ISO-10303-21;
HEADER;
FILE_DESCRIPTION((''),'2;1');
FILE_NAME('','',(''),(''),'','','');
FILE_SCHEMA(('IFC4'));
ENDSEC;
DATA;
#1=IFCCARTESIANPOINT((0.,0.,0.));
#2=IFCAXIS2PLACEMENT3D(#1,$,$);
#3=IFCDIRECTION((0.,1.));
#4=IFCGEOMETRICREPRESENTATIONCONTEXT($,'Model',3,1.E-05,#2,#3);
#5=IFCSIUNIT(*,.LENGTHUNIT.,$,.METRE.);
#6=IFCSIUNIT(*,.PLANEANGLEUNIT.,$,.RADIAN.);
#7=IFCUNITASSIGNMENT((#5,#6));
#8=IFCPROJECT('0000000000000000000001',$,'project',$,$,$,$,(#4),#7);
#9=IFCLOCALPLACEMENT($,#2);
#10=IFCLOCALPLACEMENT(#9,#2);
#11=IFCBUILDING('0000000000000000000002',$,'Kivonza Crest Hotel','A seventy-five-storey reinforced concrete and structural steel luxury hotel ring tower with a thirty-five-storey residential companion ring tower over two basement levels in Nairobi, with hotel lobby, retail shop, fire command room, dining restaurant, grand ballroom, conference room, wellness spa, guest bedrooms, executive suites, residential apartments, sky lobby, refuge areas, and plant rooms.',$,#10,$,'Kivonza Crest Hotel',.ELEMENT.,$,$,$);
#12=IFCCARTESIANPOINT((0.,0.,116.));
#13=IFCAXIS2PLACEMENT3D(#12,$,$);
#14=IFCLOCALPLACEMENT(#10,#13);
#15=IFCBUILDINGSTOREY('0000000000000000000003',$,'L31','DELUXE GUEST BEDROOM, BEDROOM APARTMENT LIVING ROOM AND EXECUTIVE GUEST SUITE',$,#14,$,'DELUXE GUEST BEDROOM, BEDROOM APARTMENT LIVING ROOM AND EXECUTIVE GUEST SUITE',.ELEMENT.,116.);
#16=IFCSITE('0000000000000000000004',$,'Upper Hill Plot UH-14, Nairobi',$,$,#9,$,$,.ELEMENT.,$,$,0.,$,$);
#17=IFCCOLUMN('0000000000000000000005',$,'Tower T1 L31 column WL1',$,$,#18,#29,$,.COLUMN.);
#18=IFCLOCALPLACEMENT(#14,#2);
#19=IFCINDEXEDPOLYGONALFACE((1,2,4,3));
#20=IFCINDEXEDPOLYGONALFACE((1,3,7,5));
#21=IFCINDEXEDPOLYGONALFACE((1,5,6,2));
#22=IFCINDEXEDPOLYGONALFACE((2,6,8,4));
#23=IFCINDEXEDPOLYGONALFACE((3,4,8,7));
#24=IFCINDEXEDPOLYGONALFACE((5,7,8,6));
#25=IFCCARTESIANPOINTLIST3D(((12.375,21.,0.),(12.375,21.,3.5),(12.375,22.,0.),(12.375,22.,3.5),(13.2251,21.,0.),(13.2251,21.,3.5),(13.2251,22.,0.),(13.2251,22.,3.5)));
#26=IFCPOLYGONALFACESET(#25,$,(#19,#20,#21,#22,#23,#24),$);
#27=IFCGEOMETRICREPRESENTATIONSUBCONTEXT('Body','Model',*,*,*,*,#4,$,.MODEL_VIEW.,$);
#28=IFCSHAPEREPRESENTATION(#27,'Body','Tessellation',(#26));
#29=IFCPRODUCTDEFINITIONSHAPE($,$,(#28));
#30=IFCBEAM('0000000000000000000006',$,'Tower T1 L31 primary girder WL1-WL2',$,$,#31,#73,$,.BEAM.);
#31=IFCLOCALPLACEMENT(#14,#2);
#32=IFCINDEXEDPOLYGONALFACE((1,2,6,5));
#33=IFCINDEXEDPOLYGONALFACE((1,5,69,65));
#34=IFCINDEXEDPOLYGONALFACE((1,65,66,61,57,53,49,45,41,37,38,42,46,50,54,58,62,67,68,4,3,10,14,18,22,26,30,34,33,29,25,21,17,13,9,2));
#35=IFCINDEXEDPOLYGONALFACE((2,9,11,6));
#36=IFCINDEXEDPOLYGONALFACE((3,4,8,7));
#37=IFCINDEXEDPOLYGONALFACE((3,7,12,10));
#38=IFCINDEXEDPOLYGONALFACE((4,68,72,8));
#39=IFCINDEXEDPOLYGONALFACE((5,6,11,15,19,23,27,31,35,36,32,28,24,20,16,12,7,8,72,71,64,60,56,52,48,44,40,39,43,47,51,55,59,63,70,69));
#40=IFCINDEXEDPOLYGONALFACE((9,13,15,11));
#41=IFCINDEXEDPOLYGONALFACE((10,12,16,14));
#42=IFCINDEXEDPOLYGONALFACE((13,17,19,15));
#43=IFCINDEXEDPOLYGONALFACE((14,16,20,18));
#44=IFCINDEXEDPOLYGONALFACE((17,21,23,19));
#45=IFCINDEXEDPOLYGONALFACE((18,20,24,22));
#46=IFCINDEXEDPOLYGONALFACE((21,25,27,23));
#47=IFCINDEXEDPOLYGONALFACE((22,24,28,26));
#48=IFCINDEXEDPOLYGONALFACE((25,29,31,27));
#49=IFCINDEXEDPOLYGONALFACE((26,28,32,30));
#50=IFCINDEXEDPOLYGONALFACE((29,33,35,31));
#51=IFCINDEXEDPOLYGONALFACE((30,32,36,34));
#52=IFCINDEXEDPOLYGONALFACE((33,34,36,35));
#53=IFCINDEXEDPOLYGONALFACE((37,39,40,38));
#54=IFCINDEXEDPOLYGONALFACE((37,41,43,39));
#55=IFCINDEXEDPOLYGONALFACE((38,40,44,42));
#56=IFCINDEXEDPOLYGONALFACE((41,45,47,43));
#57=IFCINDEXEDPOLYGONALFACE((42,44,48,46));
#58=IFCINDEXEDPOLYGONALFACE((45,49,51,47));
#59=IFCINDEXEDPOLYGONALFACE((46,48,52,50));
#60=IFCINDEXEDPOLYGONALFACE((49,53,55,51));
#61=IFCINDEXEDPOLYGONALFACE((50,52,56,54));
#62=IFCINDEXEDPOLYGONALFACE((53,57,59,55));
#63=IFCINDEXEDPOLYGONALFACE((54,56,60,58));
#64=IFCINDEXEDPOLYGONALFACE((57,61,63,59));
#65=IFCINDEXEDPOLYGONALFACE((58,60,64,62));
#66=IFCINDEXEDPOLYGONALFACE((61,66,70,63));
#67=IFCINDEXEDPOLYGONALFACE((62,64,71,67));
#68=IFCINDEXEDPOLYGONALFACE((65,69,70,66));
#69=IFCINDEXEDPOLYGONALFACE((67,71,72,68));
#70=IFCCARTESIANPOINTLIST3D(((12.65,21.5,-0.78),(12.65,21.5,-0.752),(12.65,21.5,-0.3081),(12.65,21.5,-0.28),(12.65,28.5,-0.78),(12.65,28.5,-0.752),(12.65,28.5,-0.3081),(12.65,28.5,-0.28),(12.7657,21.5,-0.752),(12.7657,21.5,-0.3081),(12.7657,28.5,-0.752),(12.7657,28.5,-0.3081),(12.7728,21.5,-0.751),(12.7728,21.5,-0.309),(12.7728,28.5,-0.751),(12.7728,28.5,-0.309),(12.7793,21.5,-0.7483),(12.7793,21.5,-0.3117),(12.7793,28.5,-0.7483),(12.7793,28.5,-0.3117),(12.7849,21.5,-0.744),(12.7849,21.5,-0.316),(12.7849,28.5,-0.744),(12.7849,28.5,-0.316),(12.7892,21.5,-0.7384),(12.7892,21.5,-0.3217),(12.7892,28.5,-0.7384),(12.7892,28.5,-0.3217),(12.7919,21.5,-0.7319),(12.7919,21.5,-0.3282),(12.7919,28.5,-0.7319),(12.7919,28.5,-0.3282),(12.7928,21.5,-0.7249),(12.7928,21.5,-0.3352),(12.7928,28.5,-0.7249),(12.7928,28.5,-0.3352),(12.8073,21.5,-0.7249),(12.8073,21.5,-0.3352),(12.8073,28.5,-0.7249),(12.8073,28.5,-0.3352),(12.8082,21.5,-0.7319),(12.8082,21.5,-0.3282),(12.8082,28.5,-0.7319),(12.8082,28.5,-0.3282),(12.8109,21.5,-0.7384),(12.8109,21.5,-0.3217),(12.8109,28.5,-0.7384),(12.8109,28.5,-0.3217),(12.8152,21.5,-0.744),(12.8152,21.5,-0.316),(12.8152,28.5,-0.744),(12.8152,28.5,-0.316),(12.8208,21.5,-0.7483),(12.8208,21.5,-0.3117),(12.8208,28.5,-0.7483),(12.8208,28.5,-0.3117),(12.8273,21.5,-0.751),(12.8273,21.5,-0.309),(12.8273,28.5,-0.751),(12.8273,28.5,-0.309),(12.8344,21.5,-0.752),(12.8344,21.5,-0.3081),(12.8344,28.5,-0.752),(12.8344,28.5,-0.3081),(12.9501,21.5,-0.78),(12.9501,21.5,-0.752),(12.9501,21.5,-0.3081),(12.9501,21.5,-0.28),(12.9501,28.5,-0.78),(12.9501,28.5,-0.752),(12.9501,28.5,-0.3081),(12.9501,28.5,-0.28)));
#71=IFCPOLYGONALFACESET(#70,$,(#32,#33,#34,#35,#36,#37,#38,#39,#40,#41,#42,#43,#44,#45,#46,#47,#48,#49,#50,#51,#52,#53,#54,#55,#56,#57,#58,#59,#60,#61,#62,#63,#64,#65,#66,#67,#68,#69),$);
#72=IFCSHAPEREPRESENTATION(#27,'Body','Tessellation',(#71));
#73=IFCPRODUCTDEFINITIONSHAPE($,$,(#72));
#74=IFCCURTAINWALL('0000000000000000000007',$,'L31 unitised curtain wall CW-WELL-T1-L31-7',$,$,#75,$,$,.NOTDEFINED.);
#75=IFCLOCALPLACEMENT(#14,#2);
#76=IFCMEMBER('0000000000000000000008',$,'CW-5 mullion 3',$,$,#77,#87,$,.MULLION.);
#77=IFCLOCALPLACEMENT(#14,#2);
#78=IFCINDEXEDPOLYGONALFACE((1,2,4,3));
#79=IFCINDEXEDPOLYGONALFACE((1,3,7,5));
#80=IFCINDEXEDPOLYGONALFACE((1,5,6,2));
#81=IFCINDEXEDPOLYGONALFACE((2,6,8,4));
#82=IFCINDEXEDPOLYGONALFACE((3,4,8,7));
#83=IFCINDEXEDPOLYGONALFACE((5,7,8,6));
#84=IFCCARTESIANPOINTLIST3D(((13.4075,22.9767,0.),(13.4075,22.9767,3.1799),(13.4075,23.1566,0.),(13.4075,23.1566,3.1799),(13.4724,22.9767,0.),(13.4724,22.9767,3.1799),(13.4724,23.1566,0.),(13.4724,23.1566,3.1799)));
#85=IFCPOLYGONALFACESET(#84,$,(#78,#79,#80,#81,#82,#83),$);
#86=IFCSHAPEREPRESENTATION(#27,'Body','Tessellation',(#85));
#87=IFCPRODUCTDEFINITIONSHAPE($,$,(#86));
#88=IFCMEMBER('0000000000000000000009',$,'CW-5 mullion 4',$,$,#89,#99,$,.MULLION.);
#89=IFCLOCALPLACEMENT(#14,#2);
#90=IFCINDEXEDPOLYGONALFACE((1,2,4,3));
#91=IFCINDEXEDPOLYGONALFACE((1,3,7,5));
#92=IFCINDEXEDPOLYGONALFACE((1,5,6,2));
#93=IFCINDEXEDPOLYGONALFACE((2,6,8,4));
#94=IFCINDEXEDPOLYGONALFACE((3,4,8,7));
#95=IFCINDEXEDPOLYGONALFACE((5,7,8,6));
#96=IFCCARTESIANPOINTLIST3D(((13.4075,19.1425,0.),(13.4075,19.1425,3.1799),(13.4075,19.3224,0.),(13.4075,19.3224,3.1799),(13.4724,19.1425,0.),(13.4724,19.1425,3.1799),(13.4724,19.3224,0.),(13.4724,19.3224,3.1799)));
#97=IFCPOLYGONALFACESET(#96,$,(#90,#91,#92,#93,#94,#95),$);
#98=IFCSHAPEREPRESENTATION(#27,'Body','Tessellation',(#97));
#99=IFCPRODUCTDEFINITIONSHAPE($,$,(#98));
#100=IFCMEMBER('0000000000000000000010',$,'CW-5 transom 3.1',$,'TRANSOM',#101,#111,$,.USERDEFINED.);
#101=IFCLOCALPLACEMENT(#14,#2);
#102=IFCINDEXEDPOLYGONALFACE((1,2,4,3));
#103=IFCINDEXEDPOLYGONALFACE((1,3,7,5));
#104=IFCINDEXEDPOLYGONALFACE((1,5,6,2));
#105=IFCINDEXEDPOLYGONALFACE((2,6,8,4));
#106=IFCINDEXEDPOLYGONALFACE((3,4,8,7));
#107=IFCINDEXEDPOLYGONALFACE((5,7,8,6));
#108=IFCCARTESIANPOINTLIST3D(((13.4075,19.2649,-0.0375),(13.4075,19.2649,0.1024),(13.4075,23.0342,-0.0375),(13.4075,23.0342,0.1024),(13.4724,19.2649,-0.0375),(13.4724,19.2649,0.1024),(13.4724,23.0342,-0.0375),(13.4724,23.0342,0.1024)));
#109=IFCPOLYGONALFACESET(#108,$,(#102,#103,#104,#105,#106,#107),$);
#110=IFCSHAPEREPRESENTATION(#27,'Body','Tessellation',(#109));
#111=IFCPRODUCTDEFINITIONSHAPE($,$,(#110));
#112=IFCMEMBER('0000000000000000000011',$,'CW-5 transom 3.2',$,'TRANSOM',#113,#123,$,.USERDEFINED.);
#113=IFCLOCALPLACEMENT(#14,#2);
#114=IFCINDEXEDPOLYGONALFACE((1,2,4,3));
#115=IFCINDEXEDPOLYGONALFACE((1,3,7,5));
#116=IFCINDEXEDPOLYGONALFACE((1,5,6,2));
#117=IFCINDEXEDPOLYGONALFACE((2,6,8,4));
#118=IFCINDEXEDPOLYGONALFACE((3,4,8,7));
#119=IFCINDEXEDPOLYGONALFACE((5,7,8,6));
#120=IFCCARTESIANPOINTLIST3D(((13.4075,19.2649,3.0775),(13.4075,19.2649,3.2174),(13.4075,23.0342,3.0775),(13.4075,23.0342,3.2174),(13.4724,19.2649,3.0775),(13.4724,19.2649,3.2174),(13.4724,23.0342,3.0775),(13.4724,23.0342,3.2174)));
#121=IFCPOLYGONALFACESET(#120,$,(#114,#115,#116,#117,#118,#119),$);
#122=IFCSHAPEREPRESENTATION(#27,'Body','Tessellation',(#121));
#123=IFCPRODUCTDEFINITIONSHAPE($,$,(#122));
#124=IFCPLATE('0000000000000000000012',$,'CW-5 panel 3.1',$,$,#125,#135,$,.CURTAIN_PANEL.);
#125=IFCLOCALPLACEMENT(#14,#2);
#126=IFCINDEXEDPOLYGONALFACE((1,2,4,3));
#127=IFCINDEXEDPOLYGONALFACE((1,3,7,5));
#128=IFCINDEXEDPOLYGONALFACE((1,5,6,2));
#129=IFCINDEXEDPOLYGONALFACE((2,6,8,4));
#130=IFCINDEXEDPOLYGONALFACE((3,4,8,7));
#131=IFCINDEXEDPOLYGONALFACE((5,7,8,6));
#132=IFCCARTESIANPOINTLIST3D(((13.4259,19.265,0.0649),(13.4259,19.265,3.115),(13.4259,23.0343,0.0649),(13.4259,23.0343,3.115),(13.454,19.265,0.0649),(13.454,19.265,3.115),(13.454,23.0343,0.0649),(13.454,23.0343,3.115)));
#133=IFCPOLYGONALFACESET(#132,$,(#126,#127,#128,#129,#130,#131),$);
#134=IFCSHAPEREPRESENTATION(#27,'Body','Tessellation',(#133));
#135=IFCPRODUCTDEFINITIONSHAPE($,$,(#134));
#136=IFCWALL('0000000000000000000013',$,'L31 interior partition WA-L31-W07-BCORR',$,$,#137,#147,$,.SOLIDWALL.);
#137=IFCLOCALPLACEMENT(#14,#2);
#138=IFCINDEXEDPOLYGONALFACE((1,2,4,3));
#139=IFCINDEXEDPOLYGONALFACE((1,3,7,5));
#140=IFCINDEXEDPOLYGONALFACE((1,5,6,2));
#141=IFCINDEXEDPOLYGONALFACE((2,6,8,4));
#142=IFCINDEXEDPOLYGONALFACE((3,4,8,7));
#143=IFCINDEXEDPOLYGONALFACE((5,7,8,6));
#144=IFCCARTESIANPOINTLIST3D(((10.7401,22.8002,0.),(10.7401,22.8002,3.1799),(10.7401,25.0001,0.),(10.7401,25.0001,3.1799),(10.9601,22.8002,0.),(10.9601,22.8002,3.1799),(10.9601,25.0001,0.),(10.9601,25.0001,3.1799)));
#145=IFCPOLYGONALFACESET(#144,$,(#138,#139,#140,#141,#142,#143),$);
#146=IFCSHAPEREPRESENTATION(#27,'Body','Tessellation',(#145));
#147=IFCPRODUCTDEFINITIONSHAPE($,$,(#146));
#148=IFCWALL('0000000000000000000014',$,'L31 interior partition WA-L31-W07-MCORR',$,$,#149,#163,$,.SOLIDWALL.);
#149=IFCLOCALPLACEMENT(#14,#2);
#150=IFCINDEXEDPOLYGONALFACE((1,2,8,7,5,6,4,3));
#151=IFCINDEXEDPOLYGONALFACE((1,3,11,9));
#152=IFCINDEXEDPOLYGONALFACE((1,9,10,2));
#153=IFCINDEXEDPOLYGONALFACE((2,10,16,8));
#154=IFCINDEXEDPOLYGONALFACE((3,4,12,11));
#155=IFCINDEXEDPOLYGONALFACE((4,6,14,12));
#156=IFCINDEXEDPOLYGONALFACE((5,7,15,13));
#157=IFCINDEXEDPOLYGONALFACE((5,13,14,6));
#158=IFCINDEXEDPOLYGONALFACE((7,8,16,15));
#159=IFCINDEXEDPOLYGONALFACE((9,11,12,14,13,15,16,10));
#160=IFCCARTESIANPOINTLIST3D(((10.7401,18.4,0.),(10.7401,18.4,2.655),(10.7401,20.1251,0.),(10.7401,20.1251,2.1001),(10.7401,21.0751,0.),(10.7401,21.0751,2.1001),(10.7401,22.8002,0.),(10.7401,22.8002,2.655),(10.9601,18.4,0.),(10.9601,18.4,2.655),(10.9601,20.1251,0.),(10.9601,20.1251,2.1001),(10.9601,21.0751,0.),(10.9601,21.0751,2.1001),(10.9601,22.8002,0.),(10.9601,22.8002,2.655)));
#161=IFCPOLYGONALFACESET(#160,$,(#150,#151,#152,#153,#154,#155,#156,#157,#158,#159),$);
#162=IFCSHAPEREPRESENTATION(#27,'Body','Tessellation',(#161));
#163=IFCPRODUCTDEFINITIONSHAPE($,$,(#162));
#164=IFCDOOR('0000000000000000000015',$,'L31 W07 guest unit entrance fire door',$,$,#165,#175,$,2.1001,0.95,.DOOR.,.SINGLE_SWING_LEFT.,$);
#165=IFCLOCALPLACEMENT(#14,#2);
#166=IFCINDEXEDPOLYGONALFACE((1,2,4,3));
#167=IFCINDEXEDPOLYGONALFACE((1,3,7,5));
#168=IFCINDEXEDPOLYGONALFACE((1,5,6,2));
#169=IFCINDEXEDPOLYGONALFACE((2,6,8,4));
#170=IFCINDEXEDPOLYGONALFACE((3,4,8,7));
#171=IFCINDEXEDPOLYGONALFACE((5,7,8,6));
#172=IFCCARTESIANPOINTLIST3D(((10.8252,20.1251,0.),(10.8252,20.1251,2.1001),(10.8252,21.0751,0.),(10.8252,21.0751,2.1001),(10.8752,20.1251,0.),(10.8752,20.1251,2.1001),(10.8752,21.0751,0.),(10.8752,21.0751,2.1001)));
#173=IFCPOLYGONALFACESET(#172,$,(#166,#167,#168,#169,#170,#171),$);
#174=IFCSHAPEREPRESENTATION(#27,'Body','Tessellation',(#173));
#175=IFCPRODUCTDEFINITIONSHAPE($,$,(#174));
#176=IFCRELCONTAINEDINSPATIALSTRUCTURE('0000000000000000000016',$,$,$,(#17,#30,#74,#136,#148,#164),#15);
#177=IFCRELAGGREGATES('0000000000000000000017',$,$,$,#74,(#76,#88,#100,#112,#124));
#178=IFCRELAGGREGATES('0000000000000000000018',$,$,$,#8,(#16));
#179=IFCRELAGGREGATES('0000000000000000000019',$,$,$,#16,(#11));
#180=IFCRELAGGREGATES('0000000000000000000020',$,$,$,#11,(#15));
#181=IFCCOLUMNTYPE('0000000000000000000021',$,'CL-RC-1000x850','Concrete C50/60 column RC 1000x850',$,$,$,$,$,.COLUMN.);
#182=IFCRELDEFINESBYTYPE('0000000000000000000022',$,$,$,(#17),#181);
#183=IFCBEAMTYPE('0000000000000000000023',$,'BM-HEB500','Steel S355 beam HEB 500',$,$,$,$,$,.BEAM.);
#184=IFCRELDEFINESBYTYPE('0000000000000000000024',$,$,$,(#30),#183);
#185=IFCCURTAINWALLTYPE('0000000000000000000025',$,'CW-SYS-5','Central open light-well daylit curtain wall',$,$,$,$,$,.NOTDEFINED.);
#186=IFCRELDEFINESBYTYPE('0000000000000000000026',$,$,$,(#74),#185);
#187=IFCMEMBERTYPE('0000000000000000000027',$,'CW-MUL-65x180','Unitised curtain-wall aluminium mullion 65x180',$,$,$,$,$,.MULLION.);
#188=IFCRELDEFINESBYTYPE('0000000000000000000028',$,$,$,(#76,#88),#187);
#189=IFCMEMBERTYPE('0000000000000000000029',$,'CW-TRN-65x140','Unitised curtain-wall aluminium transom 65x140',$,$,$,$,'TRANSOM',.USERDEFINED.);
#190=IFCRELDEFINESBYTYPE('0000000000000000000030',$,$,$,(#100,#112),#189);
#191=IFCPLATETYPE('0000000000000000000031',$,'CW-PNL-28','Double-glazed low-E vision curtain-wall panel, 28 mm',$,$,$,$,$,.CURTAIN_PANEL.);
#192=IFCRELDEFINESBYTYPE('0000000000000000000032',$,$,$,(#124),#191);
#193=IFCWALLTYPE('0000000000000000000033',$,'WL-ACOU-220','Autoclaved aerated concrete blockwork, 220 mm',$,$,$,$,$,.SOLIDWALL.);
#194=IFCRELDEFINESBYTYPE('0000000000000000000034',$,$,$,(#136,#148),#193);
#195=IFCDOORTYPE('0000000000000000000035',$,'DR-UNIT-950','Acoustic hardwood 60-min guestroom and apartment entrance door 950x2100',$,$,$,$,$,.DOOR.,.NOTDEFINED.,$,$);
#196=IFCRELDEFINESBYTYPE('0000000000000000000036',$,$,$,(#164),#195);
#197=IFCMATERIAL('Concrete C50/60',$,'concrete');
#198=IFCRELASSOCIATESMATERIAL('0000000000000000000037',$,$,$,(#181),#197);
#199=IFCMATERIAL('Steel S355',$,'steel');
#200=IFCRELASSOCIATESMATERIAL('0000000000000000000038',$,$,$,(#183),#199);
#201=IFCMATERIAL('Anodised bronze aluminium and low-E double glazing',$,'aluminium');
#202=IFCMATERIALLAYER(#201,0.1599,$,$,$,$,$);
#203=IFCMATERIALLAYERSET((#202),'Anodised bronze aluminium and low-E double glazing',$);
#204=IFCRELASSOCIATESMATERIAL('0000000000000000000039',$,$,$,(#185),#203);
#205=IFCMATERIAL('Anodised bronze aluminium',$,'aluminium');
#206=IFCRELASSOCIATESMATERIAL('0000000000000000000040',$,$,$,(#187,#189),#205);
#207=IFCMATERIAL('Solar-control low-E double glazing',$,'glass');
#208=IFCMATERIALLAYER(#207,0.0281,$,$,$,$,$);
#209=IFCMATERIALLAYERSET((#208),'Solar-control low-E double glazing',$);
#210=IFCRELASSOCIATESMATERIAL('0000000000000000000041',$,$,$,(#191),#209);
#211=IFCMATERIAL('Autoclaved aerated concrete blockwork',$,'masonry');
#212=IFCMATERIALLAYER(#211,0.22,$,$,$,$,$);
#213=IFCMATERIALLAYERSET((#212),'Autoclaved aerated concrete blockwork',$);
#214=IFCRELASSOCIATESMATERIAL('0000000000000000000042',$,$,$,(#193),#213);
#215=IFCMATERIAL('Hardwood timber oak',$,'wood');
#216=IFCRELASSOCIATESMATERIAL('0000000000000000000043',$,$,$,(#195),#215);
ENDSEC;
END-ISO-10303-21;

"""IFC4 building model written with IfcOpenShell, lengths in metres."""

from ifc_helpers import new_model, si_unit, direction, frame, frame_2d, origin, origin_2d, place, context, subcontext, project, spatial, rectangle, i_section, extrude, material, layer, layer_set, material_profile, profile_set, type_object, element, fill, aggregate, save


model = new_model("IFC4")

# Units and contexts
model_context = context("Model", 3, precision=1e-05, world=origin(), true_north=direction((0.0, 1.0)))
body_context = subcontext(model_context, "Body", "Model", "MODEL_VIEW")
ifc_project = project(units=[si_unit("LENGTHUNIT", "METRE"), si_unit("PLANEANGLEUNIT", "RADIAN")], contexts=[model_context])

# Site, building, storey
site_placement = place(None, origin())
site = spatial("IfcSite", under=ifc_project, at=site_placement, Name="Upper Hill Plot UH-14, Nairobi", CompositionType="ELEMENT", RefElevation=0.0)
building_placement = place(site_placement, origin())
building = spatial("IfcBuilding", under=site, at=building_placement, Name="Kivonza Crest Hotel", Description="A seventy-five-storey reinforced concrete and structural steel luxury hotel ring tower with a thirty-five-storey residential companion ring tower over two basement levels in Nairobi, with hotel lobby, retail shop, fire command room, dining restaurant, grand ballroom, conference room, wellness spa, guest bedrooms, executive suites, residential apartments, sky lobby, refuge areas, and plant rooms.", LongName="Kivonza Crest Hotel", CompositionType="ELEMENT")
storey_placement = place(building_placement, frame((0.0, 0.0, 116.0)))
storey = spatial("IfcBuildingStorey", under=building, at=storey_placement, Name="L31", Description="DELUXE GUEST BEDROOM, BEDROOM APARTMENT LIVING ROOM AND EXECUTIVE GUEST SUITE", LongName="DELUXE GUEST BEDROOM, BEDROOM APARTMENT LIVING ROOM AND EXECUTIVE GUEST SUITE", CompositionType="ELEMENT", Elevation=116.0)

# Column
ifc_material_1 = material(Name="Concrete C50/60", Category="concrete")
ifc_material_profile_1 = material_profile(ifc_material_1, rectangle(XDim=0.8501, YDim=1.0, at=origin_2d()), Name="RC 1000x850")
ifc_profile_set_1 = profile_set([ifc_material_profile_1], Name="Concrete C50/60")
column_type = type_object("IfcColumnType", Name="CL-RC-1000x850", Description="Concrete C50/60 column RC 1000x850", PredefinedType="COLUMN", material=ifc_profile_set_1)
column_placement = place(storey_placement, frame((12.8, 21.5, 0.0), z_axis=(0.0, 0.0, 1.0), x_axis=(1.0, 0.0, 0.0)))
element("IfcColumn", 1, at=column_placement, inside=storey, type_object=column_type, Name="Tower T1 L31 column WL1", PredefinedType="COLUMN", context=body_context, shape_type="SweptSolid", body=[
    extrude(rectangle(XDim=0.8501, YDim=1.0, at=origin_2d()), origin(), (0.0, 0.0, 1.0), 3.5),
])

# Beam
ifc_material_2 = material(Name="Steel S355", Category="steel")
ifc_material_profile_2 = material_profile(ifc_material_2, i_section(OverallWidth=0.3, OverallDepth=0.5, WebThickness=0.0144, FlangeThickness=0.0281, FilletRadius=0.0271, at=origin_2d()), Name="HEB 500")
ifc_profile_set_2 = profile_set([ifc_material_profile_2], Name="Steel S355")
beam_type = type_object("IfcBeamType", Name="BM-HEB500", Description="Steel S355 beam HEB 500", PredefinedType="BEAM", material=ifc_profile_set_2)
beam_placement = place(storey_placement, frame((12.8, 21.5, -0.53), z_axis=(0.0, 1.0, 0.0), x_axis=(-1.0, 0.0, 0.0)))
element("IfcBeam", 2, at=beam_placement, inside=storey, type_object=beam_type, Name="Tower T1 L31 primary girder WL1-WL2", PredefinedType="BEAM", context=body_context, shape_type="SweptSolid", body=[
    extrude(i_section(OverallWidth=0.3, OverallDepth=0.5, WebThickness=0.0144, FlangeThickness=0.0281, FilletRadius=0.0271, at=origin_2d()), origin(), (0.0, 0.0, 1.0), 7.0),
])

# Curtain wall, members, plate
ifc_material_3 = material(Name="Anodised bronze aluminium and low-E double glazing", Category="aluminium")
ifc_layer_1 = layer(ifc_material_3, 0.1599)
ifc_layer_set_1 = layer_set([ifc_layer_1], Name="Anodised bronze aluminium and low-E double glazing")
curtain_wall_type = type_object("IfcCurtainWallType", Name="CW-SYS-5", Description="Central open light-well daylit curtain wall", PredefinedType="NOTDEFINED", material=ifc_layer_set_1)
curtain_wall_placement = place(storey_placement, origin())
curtain_wall = element("IfcCurtainWall", 3, at=curtain_wall_placement, inside=storey, type_object=curtain_wall_type, Name="L31 unitised curtain wall CW-WELL-T1-L31-7", PredefinedType="NOTDEFINED")
ifc_material_4 = material(Name="Anodised bronze aluminium", Category="aluminium")
ifc_material_profile_3 = material_profile(ifc_material_4, rectangle(XDim=0.0649, YDim=0.1799, at=origin_2d()), Name="CW-M 65x180")
ifc_profile_set_3 = profile_set([ifc_material_profile_3], Name="Anodised bronze aluminium")
member_type_1 = type_object("IfcMemberType", Name="CW-MUL-65x180", Description="Unitised curtain-wall aluminium mullion 65x180", PredefinedType="MULLION", material=ifc_profile_set_3)
member_1_placement = place(storey_placement, frame((13.4399, 23.0667, 0.0), z_axis=(0.0, 0.0, 1.0), x_axis=(1.0, 0.0, 0.0)))
member_1 = element("IfcMember", 4, at=member_1_placement, type_object=member_type_1, Name="CW-5 mullion 3", PredefinedType="MULLION", context=body_context, shape_type="SweptSolid", body=[
    extrude(rectangle(XDim=0.0649, YDim=0.1799, at=origin_2d()), origin(), (0.0, 0.0, 1.0), 3.1799),
])
member_2_placement = place(storey_placement, frame((13.4399, 19.2324, 0.0), z_axis=(0.0, 0.0, 1.0), x_axis=(1.0, 0.0, 0.0)))
member_2 = element("IfcMember", 5, at=member_2_placement, type_object=member_type_1, Name="CW-5 mullion 4", PredefinedType="MULLION", context=body_context, shape_type="SweptSolid", body=[
    extrude(rectangle(XDim=0.0649, YDim=0.1799, at=origin_2d()), origin(), (0.0, 0.0, 1.0), 3.1799),
])
ifc_material_profile_4 = material_profile(ifc_material_4, rectangle(XDim=0.0649, YDim=0.1399, at=origin_2d()), Name="CW-T 65x140")
ifc_profile_set_4 = profile_set([ifc_material_profile_4], Name="Anodised bronze aluminium")
member_type_2 = type_object("IfcMemberType", Name="CW-TRN-65x140", Description="Unitised curtain-wall aluminium transom 65x140", ElementType="TRANSOM", PredefinedType="USERDEFINED", material=ifc_profile_set_4)
member_3_placement = place(storey_placement, frame((13.4399, 23.0342, 0.0325), z_axis=(0.0, -1.0, 0.0), x_axis=(1.0, 0.0, 0.0)))
member_3 = element("IfcMember", 6, at=member_3_placement, type_object=member_type_2, Name="CW-5 transom 3.1", ObjectType="TRANSOM", PredefinedType="USERDEFINED", context=body_context, shape_type="SweptSolid", body=[
    extrude(rectangle(XDim=0.0649, YDim=0.1399, at=origin_2d()), origin(), (0.0, 0.0, 1.0), 3.7693),
])
member_4_placement = place(storey_placement, frame((13.4399, 23.0342, 3.1475), z_axis=(0.0, -1.0, 0.0), x_axis=(1.0, 0.0, 0.0)))
member_4 = element("IfcMember", 7, at=member_4_placement, type_object=member_type_2, Name="CW-5 transom 3.2", ObjectType="TRANSOM", PredefinedType="USERDEFINED", context=body_context, shape_type="SweptSolid", body=[
    extrude(rectangle(XDim=0.0649, YDim=0.1399, at=origin_2d()), origin(), (0.0, 0.0, 1.0), 3.7693),
])
ifc_material_5 = material(Name="Solar-control low-E double glazing", Category="glass")
ifc_layer_2 = layer(ifc_material_5, 0.0281)
ifc_layer_set_2 = layer_set([ifc_layer_2], Name="Solar-control low-E double glazing")
plate_type = type_object("IfcPlateType", Name="CW-PNL-28", Description="Double-glazed low-E vision curtain-wall panel, 28 mm", PredefinedType="CURTAIN_PANEL", material=ifc_layer_set_2)
plate_placement = place(storey_placement, frame((13.4399, 21.1497, 0.0649), z_axis=(0.0, 0.0, 1.0), x_axis=(0.0, -1.0, 0.0)))
plate = element("IfcPlate", 8, at=plate_placement, type_object=plate_type, Name="CW-5 panel 3.1", PredefinedType="CURTAIN_PANEL", context=body_context, shape_type="SweptSolid", body=[
    extrude(rectangle(XDim=3.7693, YDim=0.0281, at=origin_2d()), origin(), (0.0, 0.0, 1.0), 3.05),
])
aggregate(curtain_wall, [member_1, member_2, member_3, member_4, plate])

# Wall
ifc_material_6 = material(Name="Autoclaved aerated concrete blockwork", Category="masonry")
ifc_layer_3 = layer(ifc_material_6, 0.22)
ifc_layer_set_3 = layer_set([ifc_layer_3], Name="Autoclaved aerated concrete blockwork")
wall_type_1 = type_object("IfcWallType", Name="WL-ACOU-220", Description="Autoclaved aerated concrete blockwork, 220 mm", PredefinedType="SOLIDWALL", material=ifc_layer_set_3)
wall_1_placement = place(storey_placement, frame((10.8501, 22.8, 0.0), z_axis=(0.0, 0.0, 1.0), x_axis=(0.0, 1.0, 0.0)))
element("IfcWall", 9, at=wall_1_placement, inside=storey, type_object=wall_type_1, Name="L31 interior partition WA-L31-W07-BCORR", PredefinedType="SOLIDWALL", context=body_context, shape_type="SweptSolid", body=[
    extrude(rectangle(XDim=2.2, YDim=0.22, at=frame_2d((1.1001, 0.0))), origin(), (0.0, 0.0, 1.0), 3.1799),
])

# Wall, opening, door
wall_2_placement = place(storey_placement, frame((10.8501, 18.3999, 0.0), z_axis=(0.0, 0.0, 1.0), x_axis=(0.0, 1.0, 0.0)))
wall_2 = element("IfcWall", 10, at=wall_2_placement, inside=storey, type_object=wall_type_1, Name="L31 interior partition WA-L31-W07-MCORR", PredefinedType="SOLIDWALL", context=body_context, shape_type="SweptSolid", body=[
    extrude(rectangle(XDim=4.4001, YDim=0.22, at=frame_2d((2.2002, 0.0))), origin(), (0.0, 0.0, 1.0), 2.655),
])
opening_1_placement = place(wall_2_placement, frame((1.7251, 0.0, 0.0)))
opening_1 = element("IfcOpeningElement", 11, at=opening_1_placement, cuts=wall_2, PredefinedType="OPENING", context=body_context, shape_type="SweptSolid", body=[
    extrude(rectangle(XDim=0.95, YDim=2.1001, at=frame_2d((0.4751, 1.05))), frame((0.0, 0.1201, 0.0), z_axis=(0.0, -1.0, 0.0), x_axis=(1.0, 0.0, 0.0)), (0.0, 0.0, 1.0), 0.24),
])
ifc_material_7 = material(Name="Hardwood timber oak", Category="wood")
door_type_1 = type_object("IfcDoorType", Name="DR-UNIT-950", Description="Acoustic hardwood 60-min guestroom and apartment entrance door 950x2100", OperationType="NOTDEFINED", PredefinedType="DOOR", material=ifc_material_7)
door_1_placement = place(opening_1_placement, origin())
door_1 = element("IfcDoor", 12, at=door_1_placement, inside=storey, type_object=door_type_1, Name="L31 W07 guest unit entrance fire door", OperationType="SINGLE_SWING_LEFT", OverallHeight=2.1001, OverallWidth=0.95, PredefinedType="DOOR", context=body_context, shape_type="SweptSolid", body=[
    extrude(rectangle(XDim=0.95, YDim=2.1001, at=frame_2d((0.4751, 1.05))), frame((0.0, 0.0249, 0.0), z_axis=(0.0, -1.0, 0.0), x_axis=(1.0, 0.0, 0.0)), (0.0, 0.0, 1.0), 0.05),
])
fill(opening_1, door_1)

save(model, "model.ifc")
